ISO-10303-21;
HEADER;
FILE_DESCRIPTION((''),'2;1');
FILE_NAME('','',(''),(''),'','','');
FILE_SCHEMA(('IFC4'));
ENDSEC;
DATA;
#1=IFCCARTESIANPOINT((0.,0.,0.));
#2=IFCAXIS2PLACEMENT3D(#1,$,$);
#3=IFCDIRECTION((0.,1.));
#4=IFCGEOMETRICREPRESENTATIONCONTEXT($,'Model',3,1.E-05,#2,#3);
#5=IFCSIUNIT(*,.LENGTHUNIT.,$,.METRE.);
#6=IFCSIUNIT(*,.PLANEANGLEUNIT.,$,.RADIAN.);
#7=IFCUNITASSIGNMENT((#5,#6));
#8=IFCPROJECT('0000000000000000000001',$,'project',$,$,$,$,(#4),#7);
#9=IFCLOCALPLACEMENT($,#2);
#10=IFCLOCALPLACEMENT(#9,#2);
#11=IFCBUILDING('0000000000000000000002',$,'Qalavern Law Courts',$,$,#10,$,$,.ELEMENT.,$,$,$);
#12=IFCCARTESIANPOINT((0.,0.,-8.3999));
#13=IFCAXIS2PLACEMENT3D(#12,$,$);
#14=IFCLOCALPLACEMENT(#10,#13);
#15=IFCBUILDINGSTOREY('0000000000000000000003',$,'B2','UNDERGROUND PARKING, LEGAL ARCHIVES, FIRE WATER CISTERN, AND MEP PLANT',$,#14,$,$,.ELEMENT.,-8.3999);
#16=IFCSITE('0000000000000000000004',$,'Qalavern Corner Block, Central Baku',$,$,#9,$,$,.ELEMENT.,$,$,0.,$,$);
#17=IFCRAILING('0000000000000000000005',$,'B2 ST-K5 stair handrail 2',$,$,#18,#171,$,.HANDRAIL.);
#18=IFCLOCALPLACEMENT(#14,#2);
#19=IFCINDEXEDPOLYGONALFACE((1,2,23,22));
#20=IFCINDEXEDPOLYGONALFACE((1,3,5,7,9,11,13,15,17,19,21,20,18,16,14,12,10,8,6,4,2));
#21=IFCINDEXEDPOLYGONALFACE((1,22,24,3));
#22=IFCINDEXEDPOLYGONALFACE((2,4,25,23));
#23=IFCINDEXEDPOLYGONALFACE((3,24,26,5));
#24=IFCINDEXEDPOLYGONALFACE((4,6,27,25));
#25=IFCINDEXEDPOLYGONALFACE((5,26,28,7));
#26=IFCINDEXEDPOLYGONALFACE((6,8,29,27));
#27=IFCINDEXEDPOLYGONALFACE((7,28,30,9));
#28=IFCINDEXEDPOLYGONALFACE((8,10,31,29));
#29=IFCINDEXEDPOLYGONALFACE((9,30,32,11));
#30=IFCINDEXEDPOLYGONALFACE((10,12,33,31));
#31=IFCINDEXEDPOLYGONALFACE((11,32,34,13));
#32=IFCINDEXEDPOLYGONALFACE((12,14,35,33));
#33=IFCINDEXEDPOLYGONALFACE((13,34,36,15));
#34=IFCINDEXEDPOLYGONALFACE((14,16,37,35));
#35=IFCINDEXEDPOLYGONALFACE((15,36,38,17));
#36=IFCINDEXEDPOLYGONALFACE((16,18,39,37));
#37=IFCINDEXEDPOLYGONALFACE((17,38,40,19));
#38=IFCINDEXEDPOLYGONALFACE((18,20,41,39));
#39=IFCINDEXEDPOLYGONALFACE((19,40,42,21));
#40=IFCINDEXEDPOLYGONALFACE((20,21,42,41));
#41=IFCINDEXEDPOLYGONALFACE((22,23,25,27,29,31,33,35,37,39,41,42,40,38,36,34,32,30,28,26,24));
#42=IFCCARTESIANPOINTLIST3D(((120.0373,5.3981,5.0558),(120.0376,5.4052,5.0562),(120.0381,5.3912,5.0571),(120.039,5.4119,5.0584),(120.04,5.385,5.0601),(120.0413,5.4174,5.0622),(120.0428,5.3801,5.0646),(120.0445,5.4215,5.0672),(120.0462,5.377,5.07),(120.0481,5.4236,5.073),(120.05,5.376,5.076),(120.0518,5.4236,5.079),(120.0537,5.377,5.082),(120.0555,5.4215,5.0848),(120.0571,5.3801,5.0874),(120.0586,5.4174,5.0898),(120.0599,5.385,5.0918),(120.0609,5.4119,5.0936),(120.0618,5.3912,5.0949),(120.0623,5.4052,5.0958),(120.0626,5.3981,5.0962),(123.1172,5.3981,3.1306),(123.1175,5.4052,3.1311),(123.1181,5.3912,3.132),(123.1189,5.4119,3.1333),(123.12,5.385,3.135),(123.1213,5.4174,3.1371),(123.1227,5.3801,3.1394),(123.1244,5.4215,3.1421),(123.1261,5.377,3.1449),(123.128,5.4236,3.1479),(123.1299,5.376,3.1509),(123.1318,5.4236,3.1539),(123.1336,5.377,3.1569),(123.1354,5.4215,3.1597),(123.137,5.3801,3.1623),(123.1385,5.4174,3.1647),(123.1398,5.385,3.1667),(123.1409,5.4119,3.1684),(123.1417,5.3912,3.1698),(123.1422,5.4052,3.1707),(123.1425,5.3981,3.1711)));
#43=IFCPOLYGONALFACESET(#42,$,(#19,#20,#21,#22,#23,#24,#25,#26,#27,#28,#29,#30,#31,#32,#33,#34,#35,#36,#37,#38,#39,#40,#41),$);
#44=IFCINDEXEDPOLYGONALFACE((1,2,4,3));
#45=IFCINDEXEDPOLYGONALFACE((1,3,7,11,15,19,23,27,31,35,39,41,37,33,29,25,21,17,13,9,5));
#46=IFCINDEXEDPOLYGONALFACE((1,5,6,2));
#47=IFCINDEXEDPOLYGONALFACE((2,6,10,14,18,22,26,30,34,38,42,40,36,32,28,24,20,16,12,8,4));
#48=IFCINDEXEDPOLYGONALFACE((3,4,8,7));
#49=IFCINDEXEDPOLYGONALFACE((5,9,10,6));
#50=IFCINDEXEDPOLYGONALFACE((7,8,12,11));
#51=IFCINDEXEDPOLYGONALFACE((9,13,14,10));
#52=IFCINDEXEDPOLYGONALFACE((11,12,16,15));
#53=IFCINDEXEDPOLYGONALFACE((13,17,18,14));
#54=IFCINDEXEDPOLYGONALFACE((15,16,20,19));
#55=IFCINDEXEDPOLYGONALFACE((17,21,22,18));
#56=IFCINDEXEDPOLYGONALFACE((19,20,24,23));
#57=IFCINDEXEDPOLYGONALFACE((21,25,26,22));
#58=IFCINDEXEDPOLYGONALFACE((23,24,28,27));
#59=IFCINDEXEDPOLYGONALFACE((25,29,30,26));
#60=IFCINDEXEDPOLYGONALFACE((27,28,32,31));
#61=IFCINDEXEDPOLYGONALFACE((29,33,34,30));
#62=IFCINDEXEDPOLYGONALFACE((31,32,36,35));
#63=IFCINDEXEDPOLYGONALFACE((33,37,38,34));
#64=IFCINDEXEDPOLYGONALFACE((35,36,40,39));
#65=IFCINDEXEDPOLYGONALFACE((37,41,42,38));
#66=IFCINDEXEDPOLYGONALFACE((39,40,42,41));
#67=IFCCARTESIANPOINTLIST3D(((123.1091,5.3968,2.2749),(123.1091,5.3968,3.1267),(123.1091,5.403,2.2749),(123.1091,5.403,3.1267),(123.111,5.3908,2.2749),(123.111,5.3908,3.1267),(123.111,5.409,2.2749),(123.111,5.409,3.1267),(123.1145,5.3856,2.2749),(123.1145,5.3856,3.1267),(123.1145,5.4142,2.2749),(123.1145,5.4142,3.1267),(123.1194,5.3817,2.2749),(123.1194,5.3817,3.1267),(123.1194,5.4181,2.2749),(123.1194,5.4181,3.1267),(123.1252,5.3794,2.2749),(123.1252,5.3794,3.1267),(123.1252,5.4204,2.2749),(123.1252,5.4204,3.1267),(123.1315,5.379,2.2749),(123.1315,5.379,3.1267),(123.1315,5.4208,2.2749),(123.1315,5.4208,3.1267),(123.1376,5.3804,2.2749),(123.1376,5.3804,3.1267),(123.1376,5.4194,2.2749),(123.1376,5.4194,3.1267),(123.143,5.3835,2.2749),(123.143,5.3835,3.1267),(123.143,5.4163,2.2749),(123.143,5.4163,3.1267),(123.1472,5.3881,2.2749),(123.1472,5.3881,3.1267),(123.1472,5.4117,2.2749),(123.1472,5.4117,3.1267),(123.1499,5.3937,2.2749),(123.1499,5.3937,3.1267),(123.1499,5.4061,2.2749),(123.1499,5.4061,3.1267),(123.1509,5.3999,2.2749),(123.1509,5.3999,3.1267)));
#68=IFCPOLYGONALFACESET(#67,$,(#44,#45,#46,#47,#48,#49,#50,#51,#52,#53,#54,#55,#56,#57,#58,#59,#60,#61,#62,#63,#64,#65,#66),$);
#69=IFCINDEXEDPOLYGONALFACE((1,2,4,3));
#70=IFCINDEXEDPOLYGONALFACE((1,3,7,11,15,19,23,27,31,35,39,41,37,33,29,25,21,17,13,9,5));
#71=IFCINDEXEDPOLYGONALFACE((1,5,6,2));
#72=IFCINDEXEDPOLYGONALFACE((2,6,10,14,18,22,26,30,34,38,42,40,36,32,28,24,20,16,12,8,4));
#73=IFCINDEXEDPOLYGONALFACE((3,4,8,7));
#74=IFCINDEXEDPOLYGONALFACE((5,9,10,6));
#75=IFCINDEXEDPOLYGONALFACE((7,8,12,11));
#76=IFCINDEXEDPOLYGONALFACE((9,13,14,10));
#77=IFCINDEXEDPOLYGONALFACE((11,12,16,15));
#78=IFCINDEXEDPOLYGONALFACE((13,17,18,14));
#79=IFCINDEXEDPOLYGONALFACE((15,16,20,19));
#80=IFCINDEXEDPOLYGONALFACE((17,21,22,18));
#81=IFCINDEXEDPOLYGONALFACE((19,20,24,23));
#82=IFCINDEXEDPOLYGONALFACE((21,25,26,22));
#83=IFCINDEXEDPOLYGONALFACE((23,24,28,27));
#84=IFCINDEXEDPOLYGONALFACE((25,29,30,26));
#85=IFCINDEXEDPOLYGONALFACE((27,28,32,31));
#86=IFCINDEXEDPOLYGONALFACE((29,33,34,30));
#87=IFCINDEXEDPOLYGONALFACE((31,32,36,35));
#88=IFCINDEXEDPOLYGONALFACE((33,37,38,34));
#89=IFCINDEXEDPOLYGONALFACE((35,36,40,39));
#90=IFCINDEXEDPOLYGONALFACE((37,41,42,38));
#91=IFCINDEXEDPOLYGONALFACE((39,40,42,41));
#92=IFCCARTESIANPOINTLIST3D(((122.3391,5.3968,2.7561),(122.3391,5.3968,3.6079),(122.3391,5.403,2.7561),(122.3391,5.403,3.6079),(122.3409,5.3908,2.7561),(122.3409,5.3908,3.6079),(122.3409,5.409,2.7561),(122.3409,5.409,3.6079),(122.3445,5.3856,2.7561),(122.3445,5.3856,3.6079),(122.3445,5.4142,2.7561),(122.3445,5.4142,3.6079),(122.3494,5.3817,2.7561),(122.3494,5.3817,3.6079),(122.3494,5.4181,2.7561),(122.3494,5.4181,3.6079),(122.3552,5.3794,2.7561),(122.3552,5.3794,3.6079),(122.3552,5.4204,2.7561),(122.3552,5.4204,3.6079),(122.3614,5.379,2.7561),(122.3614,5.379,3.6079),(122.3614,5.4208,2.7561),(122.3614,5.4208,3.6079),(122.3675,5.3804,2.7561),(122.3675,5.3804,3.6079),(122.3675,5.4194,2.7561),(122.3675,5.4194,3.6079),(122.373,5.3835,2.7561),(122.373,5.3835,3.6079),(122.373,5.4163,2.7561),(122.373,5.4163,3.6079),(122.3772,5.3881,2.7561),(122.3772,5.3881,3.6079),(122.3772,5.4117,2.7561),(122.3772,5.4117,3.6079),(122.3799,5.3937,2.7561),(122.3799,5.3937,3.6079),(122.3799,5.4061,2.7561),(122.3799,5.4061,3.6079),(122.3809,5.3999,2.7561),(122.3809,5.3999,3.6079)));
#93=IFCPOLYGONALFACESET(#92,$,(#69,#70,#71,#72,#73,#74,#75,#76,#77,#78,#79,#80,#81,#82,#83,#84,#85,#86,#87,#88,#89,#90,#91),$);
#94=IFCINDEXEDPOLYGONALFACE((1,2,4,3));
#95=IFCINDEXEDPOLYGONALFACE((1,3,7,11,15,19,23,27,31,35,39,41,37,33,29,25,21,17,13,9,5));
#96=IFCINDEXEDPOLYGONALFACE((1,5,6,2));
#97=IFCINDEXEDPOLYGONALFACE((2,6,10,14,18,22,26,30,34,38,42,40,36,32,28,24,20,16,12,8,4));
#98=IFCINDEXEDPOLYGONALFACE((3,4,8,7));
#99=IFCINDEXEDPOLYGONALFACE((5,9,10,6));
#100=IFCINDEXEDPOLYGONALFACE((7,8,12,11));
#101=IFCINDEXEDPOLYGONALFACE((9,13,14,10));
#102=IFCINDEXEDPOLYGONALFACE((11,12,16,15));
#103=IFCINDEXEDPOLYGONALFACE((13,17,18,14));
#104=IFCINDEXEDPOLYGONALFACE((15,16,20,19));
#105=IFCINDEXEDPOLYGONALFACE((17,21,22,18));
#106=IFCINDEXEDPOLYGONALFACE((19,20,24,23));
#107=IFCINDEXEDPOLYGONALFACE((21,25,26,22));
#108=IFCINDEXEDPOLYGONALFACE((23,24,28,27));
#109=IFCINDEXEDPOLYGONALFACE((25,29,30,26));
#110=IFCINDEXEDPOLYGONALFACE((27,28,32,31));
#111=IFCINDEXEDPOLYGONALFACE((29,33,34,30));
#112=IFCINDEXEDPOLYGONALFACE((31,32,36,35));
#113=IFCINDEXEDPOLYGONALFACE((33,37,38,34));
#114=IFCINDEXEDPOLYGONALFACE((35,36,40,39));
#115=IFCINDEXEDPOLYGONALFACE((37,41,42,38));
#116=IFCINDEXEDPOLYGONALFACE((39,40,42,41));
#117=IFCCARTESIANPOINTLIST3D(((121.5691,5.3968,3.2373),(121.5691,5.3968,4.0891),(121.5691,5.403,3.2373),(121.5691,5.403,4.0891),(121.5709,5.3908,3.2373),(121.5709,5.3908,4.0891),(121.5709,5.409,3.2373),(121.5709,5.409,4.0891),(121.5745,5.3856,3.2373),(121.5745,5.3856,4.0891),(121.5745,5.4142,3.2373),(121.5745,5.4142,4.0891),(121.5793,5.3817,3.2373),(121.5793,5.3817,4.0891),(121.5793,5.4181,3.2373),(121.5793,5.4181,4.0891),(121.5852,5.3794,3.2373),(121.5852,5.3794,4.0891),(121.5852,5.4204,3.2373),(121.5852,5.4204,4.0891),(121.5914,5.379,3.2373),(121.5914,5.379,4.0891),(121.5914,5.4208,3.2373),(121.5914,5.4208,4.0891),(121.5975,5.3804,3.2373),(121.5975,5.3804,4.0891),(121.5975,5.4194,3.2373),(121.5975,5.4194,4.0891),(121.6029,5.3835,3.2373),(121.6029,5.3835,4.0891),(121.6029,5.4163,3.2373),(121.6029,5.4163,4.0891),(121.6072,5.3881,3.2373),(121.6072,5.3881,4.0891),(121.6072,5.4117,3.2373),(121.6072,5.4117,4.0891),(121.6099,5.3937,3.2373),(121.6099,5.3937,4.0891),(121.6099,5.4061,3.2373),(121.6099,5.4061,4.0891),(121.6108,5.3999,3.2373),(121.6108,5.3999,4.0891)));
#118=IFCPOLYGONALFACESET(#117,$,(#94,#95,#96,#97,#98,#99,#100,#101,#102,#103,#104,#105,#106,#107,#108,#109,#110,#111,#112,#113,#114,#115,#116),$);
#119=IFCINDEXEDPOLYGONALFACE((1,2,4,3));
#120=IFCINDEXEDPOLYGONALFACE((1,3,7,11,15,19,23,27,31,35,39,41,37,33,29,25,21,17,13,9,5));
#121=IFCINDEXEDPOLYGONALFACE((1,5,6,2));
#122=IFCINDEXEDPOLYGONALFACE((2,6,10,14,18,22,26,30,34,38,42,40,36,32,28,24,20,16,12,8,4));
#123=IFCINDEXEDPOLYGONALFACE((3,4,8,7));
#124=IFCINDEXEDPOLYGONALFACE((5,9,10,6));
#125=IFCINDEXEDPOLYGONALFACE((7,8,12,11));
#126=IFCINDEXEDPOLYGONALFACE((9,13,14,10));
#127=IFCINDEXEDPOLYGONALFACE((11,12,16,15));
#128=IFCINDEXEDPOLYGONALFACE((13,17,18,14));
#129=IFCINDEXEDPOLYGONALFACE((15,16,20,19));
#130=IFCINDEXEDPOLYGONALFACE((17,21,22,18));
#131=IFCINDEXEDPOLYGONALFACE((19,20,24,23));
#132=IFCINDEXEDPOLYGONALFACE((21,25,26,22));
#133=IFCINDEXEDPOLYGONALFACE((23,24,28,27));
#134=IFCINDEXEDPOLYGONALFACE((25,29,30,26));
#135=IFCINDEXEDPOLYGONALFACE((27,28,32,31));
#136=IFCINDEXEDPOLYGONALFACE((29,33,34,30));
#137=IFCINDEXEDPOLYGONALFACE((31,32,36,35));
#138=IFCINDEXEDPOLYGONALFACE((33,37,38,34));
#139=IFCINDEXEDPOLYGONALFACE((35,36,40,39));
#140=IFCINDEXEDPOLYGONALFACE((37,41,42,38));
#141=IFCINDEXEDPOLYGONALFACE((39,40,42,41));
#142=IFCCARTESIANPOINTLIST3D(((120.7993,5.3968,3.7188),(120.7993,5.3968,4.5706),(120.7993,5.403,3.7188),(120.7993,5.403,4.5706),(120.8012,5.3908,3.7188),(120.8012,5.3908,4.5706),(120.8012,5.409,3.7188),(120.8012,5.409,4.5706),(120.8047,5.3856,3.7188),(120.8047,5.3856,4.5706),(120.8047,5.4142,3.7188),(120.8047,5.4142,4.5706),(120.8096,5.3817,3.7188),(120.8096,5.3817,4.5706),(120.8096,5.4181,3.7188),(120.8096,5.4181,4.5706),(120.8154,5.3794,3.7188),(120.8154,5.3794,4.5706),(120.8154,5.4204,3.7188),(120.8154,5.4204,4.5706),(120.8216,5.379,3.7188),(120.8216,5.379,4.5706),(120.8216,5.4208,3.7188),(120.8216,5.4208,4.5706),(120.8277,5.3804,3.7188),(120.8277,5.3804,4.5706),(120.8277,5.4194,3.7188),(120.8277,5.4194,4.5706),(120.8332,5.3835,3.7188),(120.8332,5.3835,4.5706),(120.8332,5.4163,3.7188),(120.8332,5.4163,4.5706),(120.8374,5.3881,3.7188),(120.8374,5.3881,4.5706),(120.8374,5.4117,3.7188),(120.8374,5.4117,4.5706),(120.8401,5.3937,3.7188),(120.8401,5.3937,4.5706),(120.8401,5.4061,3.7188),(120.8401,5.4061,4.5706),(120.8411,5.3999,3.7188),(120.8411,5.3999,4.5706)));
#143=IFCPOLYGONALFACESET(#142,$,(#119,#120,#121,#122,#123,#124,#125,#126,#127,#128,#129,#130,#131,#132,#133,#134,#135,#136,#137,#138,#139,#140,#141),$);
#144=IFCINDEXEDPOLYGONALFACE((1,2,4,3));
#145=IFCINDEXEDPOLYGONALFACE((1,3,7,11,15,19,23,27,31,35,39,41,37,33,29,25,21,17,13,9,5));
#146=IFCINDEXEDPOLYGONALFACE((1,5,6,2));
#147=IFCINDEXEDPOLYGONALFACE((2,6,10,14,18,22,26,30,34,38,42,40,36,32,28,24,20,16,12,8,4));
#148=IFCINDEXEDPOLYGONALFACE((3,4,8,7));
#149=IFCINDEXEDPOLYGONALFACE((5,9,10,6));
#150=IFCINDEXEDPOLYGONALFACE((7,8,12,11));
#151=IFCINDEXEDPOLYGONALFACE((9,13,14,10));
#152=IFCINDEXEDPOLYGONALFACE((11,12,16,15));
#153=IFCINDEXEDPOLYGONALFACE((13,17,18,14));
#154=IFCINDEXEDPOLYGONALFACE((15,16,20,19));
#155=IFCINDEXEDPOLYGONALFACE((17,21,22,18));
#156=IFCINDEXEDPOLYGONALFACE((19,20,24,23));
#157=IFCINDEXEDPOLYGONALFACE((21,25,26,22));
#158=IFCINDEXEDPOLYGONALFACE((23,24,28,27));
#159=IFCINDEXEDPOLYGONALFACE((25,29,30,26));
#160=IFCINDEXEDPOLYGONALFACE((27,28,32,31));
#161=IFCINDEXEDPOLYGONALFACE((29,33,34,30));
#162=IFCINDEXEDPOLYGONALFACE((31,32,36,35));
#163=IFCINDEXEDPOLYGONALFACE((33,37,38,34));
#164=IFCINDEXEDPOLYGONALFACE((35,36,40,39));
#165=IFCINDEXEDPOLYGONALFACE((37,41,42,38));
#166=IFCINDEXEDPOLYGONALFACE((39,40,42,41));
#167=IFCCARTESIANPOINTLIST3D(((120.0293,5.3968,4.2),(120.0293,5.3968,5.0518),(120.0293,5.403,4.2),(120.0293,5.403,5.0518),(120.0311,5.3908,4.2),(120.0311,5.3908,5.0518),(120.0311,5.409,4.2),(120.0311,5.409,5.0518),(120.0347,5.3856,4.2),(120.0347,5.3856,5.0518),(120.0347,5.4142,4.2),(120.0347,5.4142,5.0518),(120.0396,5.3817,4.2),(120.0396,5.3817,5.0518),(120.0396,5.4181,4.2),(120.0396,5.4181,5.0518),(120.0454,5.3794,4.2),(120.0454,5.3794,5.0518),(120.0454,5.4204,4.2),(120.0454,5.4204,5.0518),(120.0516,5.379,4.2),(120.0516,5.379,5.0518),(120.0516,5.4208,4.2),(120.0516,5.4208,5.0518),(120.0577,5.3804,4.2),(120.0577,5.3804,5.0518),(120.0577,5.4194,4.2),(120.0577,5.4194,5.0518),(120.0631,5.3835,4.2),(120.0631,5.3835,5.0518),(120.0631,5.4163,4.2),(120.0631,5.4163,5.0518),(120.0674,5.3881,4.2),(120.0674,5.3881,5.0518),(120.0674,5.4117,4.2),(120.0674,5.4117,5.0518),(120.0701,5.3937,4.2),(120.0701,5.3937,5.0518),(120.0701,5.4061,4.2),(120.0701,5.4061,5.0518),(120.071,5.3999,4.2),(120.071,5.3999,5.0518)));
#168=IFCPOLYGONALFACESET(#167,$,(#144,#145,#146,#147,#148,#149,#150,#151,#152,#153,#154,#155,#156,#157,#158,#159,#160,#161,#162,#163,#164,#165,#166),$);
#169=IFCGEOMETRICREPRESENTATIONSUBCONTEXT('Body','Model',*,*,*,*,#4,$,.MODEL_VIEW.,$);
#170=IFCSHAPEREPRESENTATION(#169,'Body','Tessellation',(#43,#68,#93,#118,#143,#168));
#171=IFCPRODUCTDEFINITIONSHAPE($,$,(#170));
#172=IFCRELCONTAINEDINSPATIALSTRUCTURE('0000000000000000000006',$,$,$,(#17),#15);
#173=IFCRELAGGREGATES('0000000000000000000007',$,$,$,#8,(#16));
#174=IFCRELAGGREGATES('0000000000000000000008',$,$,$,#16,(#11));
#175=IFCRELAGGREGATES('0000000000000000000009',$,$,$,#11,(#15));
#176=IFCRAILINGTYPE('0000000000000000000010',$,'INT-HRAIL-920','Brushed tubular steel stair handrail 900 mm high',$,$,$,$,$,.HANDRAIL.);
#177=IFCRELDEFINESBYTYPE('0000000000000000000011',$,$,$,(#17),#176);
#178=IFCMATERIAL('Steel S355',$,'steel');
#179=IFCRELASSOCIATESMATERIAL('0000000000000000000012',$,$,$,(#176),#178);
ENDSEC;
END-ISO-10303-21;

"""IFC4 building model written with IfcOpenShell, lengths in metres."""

from ifc_helpers import new_model, si_unit, direction, frame, origin, origin_2d, place, context, subcontext, project, spatial, circle, extrude, material, type_object, element, save


model = new_model("IFC4")

# Units and contexts
model_context = context("Model", 3, precision=1e-05, world=origin(), true_north=direction((0.0, 1.0)))
body_context = subcontext(model_context, "Body", "Model", "MODEL_VIEW")
ifc_project = project(units=[si_unit("LENGTHUNIT", "METRE"), si_unit("PLANEANGLEUNIT", "RADIAN")], contexts=[model_context])

# Site, building, storey
site_placement = place(None, origin())
site = spatial("IfcSite", under=ifc_project, at=site_placement, Name="Qalavern Corner Block, Central Baku", CompositionType="ELEMENT", RefElevation=0.0)
building_placement = place(site_placement, origin())
building = spatial("IfcBuilding", under=site, at=building_placement, Name="Qalavern Law Courts", CompositionType="ELEMENT")
storey_placement = place(building_placement, frame((0.0, 0.0, -8.3999)))
storey = spatial("IfcBuildingStorey", under=building, at=storey_placement, Name="B2", Description="UNDERGROUND PARKING, LEGAL ARCHIVES, FIRE WATER CISTERN, AND MEP PLANT", CompositionType="ELEMENT", Elevation=-8.3999)

# Railing
ifc_material_1 = material(Name="Steel S355", Category="steel")
railing_type_1 = type_object("IfcRailingType", Name="INT-HRAIL-920", Description="Brushed tubular steel stair handrail 900 mm high", PredefinedType="HANDRAIL", material=ifc_material_1)
railing_1_placement = place(storey_placement, frame((123.1299, 5.3999, 2.2749)))
element("IfcRailing", 1, at=railing_1_placement, inside=storey, type_object=railing_type_1, Name="B2 ST-K5 stair handrail 2", PredefinedType="HANDRAIL", context=body_context, shape_type="SweptSolid", body=[
    extrude(circle(Radius=0.0239, at=origin_2d()), frame((0.0, 0.0, 0.876), z_axis=(-0.847979, 0.0, 0.530029), x_axis=(0.0, -1.0, 0.0)), (0.0, 0.0, 1.0), 3.6321),
    extrude(circle(Radius=0.021, at=origin_2d()), origin(), (0.0, 0.0, 1.0), 0.8518),
    extrude(circle(Radius=0.021, at=origin_2d()), frame((-0.77, 0.0, 0.4812)), (0.0, 0.0, 1.0), 0.8518),
    extrude(circle(Radius=0.021, at=origin_2d()), frame((-1.54, 0.0, 0.9624)), (0.0, 0.0, 1.0), 0.8518),
    extrude(circle(Radius=0.021, at=origin_2d()), frame((-2.3098, 0.0, 1.4438)), (0.0, 0.0, 1.0), 0.8518),
    extrude(circle(Radius=0.021, at=origin_2d()), frame((-3.0798, 0.0, 1.925)), (0.0, 0.0, 1.0), 0.8518),
])

save(model, "model.ifc")
